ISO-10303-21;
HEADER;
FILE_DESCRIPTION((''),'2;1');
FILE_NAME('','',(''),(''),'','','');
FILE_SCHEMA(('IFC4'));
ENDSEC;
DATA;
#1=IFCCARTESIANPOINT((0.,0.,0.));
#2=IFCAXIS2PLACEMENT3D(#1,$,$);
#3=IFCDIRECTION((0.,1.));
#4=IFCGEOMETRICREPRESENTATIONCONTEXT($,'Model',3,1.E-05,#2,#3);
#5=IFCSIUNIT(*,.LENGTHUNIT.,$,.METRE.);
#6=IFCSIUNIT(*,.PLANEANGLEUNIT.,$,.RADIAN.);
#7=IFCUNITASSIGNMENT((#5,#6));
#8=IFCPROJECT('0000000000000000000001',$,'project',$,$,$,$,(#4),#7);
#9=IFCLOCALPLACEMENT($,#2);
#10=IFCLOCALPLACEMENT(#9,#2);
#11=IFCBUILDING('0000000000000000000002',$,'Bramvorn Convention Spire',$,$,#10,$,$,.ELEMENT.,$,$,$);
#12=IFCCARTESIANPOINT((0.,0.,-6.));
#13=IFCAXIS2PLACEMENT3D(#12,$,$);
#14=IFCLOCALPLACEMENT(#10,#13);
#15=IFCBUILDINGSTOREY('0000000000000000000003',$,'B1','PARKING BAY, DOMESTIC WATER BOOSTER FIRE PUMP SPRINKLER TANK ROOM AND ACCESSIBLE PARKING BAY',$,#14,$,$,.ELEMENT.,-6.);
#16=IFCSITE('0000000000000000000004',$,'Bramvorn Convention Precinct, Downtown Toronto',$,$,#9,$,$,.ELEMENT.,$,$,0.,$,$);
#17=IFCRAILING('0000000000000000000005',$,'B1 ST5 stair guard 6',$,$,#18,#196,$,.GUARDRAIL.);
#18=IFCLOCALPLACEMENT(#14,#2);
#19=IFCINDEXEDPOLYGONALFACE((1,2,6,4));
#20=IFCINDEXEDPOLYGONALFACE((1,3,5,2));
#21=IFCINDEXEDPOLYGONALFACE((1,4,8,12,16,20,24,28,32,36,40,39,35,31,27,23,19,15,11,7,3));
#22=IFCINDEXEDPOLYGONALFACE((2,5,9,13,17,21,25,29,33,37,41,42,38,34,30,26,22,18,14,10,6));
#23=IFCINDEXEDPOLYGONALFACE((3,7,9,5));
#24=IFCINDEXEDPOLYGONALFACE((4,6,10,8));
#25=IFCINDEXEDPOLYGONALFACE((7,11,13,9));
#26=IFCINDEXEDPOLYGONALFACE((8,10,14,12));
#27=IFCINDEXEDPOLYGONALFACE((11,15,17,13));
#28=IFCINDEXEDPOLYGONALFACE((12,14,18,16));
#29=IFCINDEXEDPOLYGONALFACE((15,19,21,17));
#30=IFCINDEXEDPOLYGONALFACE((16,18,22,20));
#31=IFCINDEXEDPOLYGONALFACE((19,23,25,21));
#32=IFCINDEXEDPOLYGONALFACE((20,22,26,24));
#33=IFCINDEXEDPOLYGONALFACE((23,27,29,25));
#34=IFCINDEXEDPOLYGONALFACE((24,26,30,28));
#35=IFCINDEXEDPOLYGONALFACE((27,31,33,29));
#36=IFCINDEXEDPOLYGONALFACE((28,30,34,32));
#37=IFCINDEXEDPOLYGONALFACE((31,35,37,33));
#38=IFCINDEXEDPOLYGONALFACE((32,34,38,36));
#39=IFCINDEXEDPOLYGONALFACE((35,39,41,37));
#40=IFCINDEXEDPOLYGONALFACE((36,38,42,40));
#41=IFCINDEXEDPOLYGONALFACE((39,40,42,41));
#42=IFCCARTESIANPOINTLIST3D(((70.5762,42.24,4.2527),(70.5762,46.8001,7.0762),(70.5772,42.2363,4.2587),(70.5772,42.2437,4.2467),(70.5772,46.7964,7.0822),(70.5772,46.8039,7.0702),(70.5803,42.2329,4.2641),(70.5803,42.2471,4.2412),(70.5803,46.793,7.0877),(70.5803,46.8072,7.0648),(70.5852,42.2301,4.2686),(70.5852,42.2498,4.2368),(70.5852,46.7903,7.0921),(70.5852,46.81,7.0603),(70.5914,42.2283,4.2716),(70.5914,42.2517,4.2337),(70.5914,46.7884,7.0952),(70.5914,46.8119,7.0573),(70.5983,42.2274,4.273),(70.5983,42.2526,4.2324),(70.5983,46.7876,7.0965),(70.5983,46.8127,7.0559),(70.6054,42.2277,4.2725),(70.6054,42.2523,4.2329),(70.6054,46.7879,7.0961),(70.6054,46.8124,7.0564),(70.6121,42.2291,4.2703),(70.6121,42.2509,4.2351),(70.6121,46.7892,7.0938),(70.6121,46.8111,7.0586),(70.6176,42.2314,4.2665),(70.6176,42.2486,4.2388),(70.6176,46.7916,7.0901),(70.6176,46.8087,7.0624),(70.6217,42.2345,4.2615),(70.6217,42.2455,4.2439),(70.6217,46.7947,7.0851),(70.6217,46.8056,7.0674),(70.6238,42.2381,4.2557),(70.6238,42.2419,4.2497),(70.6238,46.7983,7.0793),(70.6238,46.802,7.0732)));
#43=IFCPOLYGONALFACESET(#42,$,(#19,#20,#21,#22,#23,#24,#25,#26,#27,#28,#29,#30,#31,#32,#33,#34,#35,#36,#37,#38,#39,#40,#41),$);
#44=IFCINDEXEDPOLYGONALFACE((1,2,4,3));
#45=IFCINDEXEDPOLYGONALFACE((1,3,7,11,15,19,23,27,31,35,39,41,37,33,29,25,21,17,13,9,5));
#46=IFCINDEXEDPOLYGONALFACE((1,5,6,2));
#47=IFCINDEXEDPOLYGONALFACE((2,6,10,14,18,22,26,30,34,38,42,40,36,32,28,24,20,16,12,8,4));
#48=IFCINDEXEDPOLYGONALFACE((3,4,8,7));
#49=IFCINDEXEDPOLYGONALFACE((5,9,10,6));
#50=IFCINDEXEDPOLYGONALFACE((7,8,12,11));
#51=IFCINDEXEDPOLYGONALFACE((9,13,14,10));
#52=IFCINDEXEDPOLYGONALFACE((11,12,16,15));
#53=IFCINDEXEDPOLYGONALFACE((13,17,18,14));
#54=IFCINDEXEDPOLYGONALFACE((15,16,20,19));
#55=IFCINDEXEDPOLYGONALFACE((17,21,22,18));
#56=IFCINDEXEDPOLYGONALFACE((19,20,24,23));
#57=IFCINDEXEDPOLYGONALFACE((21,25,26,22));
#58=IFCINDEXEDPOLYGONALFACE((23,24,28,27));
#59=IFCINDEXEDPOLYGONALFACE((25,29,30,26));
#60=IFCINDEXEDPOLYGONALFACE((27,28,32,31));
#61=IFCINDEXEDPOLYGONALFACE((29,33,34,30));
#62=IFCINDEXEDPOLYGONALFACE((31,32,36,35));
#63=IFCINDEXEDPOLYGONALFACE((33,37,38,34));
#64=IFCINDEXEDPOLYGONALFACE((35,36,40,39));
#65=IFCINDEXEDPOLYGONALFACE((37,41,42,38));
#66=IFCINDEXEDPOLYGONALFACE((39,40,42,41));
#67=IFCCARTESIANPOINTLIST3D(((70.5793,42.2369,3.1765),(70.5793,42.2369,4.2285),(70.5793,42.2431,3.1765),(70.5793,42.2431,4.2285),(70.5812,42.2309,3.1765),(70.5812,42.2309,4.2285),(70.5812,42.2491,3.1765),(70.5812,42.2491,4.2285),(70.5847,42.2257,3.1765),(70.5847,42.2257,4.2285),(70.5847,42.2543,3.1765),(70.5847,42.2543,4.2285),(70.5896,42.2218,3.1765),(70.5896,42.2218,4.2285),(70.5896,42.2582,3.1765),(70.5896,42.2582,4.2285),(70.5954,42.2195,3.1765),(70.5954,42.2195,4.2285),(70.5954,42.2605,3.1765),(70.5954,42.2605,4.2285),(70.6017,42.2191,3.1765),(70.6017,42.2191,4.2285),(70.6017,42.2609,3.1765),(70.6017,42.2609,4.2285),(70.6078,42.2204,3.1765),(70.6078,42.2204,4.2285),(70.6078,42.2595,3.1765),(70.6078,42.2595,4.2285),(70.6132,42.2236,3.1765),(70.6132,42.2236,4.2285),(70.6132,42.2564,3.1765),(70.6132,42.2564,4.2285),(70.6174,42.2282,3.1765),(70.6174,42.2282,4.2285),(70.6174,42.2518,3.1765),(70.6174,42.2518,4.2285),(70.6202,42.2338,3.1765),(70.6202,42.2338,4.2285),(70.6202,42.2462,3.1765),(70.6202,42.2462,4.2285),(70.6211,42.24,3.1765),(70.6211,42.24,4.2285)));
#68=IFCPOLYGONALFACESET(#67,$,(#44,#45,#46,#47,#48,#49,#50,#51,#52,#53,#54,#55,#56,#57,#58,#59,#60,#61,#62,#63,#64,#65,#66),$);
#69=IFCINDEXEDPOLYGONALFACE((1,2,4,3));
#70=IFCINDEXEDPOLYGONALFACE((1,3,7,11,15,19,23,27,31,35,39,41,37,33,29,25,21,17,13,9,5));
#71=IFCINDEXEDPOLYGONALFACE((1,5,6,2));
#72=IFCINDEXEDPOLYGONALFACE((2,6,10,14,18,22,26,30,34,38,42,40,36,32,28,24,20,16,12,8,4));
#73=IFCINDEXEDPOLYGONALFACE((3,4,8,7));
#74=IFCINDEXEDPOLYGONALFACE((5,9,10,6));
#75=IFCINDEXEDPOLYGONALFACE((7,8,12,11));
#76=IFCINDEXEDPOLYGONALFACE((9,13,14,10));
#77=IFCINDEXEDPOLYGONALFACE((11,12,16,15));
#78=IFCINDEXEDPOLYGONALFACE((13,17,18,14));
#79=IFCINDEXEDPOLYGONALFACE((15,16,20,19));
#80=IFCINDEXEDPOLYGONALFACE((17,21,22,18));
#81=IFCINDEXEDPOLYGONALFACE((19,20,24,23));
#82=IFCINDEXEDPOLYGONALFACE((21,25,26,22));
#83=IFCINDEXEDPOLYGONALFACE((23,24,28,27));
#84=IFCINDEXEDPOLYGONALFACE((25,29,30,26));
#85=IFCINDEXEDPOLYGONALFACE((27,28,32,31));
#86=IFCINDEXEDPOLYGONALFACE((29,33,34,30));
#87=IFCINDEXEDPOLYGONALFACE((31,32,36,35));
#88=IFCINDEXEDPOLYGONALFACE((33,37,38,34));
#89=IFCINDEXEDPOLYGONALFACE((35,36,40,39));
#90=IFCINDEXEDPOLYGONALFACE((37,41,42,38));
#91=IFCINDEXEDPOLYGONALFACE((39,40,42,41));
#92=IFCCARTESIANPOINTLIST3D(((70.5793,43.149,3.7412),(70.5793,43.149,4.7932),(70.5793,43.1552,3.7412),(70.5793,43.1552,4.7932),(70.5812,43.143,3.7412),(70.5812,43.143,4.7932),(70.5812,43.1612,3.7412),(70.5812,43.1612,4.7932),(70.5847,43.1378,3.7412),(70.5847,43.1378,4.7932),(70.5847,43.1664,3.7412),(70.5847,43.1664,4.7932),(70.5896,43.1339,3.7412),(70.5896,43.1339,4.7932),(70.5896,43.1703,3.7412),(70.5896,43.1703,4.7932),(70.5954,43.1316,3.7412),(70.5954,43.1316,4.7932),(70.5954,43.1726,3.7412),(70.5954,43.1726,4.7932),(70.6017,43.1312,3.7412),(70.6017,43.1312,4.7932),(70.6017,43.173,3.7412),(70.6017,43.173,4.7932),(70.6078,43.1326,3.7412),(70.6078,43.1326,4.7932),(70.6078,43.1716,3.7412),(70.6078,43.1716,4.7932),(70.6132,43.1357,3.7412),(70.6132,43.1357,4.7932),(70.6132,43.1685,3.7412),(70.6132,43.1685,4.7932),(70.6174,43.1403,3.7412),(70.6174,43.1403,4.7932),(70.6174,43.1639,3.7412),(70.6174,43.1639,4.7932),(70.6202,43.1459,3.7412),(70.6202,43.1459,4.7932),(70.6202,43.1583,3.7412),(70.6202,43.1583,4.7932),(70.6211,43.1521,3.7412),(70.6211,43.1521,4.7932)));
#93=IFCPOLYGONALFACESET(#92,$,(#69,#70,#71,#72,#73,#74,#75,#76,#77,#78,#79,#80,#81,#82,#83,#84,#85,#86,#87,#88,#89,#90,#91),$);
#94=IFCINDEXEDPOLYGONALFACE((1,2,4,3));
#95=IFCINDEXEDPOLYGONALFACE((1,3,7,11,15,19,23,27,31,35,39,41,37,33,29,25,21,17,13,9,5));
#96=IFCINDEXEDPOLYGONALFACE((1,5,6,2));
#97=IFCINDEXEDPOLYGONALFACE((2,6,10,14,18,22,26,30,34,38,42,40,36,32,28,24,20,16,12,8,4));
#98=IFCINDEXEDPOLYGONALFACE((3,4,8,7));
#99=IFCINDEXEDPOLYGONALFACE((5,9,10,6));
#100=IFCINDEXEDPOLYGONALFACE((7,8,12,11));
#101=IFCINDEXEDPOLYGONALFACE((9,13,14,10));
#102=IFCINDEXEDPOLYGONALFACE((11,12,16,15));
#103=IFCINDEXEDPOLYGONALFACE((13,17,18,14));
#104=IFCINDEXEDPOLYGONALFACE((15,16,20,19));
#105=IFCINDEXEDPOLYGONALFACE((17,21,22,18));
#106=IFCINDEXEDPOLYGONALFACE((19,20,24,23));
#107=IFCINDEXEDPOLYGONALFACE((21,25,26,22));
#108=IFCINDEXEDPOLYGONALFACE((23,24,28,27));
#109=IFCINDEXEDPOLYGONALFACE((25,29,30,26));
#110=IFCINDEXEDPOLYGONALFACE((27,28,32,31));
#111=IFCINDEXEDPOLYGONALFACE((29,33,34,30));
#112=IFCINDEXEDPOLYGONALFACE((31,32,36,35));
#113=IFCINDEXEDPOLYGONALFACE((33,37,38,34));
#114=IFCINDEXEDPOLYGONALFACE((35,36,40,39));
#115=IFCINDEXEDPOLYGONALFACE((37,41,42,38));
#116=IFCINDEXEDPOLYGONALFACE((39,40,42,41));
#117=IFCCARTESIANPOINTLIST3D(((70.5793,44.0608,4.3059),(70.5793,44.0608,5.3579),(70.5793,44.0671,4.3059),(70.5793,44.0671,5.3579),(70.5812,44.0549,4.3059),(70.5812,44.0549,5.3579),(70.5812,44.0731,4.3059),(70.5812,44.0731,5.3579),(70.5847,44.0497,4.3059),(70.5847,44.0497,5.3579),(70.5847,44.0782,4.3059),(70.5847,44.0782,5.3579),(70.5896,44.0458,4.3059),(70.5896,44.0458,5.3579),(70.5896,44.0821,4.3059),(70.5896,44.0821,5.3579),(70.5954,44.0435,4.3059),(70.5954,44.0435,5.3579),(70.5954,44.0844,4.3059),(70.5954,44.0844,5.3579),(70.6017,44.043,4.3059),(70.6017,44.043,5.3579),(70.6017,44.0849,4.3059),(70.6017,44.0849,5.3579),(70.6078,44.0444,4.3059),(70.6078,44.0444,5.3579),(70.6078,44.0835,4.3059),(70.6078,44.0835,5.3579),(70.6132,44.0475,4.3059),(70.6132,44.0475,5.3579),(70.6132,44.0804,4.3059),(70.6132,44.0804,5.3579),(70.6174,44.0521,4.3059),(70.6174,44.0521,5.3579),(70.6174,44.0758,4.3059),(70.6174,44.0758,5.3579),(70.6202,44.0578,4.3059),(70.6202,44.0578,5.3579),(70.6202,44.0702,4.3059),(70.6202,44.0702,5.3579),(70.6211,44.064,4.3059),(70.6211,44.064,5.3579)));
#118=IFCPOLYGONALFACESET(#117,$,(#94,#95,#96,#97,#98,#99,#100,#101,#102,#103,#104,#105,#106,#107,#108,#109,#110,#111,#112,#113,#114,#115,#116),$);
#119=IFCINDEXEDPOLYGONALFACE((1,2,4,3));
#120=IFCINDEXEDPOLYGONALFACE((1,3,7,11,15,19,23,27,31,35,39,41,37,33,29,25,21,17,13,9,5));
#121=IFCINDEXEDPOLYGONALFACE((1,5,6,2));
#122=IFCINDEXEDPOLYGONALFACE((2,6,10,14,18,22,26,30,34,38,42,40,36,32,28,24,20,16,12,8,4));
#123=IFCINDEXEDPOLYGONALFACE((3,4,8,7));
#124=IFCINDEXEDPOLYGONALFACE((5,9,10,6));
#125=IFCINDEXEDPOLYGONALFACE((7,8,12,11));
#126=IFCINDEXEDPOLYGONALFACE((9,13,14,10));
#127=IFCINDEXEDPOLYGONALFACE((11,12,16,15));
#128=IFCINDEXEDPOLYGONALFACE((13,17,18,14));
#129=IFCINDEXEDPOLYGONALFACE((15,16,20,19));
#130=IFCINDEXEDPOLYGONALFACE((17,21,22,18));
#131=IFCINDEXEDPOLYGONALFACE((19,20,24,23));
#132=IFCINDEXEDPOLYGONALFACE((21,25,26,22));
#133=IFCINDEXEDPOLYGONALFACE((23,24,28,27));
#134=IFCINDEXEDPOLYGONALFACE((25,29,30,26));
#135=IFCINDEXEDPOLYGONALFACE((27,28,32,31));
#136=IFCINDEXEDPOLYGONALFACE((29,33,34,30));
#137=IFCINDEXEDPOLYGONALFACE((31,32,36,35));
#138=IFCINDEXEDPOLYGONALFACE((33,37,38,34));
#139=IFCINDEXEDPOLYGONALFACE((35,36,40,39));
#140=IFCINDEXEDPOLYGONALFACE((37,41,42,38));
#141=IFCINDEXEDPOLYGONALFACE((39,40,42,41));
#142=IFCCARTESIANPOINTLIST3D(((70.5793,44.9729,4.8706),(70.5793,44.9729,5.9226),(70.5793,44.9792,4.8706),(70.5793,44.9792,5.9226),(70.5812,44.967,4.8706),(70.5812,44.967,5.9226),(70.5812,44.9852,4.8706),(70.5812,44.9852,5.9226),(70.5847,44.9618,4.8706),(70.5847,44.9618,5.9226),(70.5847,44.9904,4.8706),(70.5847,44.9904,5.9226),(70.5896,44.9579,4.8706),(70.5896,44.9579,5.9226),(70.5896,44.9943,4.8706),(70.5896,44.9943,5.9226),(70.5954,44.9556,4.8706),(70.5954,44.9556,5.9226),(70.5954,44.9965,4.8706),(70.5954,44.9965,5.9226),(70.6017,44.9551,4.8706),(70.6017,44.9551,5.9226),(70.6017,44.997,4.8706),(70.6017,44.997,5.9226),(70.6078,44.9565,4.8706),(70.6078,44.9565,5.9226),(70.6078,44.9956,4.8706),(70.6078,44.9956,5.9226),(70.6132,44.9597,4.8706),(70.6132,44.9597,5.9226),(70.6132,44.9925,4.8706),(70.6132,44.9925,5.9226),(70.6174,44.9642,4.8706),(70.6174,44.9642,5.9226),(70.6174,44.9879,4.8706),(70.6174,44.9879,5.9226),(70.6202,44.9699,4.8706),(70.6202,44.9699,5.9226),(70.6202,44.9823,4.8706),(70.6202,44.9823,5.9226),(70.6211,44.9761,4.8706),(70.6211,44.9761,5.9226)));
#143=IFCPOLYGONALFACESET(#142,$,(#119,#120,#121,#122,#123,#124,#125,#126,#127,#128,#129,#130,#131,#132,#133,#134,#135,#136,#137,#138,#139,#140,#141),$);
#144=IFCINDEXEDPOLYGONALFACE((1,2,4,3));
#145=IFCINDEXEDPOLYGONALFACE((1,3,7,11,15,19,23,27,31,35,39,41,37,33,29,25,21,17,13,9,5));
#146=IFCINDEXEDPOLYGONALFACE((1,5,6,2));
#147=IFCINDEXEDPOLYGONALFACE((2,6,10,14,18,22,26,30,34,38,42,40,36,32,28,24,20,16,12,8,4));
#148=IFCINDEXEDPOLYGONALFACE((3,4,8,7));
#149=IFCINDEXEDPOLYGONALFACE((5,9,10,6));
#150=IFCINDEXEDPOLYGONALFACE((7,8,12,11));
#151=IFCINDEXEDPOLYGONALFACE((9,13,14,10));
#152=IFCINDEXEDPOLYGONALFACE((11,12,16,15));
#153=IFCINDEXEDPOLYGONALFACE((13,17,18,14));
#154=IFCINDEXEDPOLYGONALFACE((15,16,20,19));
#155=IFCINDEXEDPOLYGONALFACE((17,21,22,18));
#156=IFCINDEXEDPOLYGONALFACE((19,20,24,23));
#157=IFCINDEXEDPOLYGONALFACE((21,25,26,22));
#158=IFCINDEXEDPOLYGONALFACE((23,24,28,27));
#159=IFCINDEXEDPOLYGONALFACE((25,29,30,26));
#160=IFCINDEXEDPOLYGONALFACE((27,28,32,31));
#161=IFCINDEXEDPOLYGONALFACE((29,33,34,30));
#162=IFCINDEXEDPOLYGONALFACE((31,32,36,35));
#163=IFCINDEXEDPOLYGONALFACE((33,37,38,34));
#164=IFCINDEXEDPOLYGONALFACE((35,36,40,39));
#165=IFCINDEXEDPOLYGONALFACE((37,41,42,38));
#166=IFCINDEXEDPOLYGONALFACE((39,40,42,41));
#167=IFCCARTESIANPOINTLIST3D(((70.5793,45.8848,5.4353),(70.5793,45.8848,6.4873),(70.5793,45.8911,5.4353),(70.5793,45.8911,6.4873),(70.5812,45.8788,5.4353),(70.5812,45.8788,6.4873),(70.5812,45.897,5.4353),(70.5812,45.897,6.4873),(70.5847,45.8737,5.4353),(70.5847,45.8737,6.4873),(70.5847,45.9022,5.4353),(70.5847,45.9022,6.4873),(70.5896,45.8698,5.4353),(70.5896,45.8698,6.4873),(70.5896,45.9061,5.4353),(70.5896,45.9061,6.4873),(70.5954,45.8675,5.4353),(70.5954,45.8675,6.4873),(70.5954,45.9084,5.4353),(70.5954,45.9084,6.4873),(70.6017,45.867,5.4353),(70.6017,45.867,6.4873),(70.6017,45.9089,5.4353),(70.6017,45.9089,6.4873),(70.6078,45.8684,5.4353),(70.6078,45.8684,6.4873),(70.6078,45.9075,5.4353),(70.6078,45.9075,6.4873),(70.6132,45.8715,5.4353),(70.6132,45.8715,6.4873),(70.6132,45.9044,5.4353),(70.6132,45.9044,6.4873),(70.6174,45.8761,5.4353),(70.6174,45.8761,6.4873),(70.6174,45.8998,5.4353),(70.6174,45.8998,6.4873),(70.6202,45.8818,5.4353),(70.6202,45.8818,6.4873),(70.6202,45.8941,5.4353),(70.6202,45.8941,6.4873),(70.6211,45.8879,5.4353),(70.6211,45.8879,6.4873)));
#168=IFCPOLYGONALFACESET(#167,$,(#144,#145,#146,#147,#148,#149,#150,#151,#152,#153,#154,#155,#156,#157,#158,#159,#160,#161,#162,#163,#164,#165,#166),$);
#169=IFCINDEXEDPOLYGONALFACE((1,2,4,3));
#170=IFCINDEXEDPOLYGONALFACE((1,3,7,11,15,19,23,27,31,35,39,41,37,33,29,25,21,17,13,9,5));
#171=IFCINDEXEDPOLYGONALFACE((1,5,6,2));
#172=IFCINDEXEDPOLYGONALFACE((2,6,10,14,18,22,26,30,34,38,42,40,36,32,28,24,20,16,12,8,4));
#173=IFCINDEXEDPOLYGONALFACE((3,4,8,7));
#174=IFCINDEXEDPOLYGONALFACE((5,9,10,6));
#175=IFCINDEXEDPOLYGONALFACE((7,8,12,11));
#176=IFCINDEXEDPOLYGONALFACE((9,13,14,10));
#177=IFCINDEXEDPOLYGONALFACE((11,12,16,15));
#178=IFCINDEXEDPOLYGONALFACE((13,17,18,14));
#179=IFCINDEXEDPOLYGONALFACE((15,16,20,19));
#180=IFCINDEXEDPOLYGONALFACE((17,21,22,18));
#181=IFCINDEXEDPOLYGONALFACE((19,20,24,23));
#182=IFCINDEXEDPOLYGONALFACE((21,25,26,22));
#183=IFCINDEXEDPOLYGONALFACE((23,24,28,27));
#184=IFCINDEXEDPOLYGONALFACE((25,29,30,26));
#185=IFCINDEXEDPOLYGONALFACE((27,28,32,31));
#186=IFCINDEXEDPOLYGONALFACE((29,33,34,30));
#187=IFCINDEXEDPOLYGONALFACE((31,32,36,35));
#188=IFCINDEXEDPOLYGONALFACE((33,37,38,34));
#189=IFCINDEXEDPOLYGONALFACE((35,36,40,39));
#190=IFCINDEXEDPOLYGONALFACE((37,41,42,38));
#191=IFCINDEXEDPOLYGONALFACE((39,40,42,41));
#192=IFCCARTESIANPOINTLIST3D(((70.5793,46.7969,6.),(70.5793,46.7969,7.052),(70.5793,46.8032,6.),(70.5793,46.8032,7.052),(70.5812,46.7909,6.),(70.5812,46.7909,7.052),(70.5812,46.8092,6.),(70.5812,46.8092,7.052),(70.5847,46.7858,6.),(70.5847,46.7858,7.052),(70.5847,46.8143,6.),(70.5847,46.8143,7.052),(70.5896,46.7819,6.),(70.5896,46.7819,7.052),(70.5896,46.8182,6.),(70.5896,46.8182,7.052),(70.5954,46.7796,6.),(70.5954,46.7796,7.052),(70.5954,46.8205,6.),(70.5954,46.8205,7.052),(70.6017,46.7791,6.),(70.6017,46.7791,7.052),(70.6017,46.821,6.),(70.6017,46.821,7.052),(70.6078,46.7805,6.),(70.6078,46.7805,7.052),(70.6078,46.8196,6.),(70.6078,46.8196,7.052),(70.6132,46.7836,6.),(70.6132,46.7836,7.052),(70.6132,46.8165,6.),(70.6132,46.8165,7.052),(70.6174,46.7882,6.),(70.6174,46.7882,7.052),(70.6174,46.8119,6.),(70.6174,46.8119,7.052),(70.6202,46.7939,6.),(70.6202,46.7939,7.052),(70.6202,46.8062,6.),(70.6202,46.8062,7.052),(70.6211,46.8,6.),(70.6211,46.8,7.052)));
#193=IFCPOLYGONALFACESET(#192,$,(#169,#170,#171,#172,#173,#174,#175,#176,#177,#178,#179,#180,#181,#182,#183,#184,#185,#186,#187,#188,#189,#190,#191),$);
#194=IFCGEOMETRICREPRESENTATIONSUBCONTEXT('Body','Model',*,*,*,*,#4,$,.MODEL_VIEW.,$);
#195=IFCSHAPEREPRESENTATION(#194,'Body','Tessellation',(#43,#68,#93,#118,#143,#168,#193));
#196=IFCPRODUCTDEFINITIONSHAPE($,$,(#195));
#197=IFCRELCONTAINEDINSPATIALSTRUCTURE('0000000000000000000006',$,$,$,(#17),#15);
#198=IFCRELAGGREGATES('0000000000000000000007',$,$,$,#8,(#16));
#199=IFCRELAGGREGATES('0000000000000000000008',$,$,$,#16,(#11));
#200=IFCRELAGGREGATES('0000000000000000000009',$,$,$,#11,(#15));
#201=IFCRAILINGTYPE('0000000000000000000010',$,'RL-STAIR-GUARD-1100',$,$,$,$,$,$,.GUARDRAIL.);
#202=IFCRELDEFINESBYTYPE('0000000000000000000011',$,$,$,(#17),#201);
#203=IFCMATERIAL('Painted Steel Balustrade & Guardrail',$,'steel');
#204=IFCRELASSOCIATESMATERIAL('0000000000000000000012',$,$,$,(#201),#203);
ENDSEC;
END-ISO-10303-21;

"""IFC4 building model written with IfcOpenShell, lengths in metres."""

from ifc_helpers import new_model, si_unit, direction, frame, origin, origin_2d, place, context, subcontext, project, spatial, circle, extrude, material, type_object, element, save


model = new_model("IFC4")

# Units and contexts
model_context = context("Model", 3, precision=1e-05, world=origin(), true_north=direction((0.0, 1.0)))
body_context = subcontext(model_context, "Body", "Model", "MODEL_VIEW")
ifc_project = project(units=[si_unit("LENGTHUNIT", "METRE"), si_unit("PLANEANGLEUNIT", "RADIAN")], contexts=[model_context])

# Site, building, storey
site_placement = place(None, origin())
site = spatial("IfcSite", under=ifc_project, at=site_placement, Name="Bramvorn Convention Precinct, Downtown Toronto", CompositionType="ELEMENT", RefElevation=0.0)
building_placement = place(site_placement, origin())
building = spatial("IfcBuilding", under=site, at=building_placement, Name="Bramvorn Convention Spire", CompositionType="ELEMENT")
storey_placement = place(building_placement, frame((0.0, 0.0, -6.0)))
storey = spatial("IfcBuildingStorey", under=building, at=storey_placement, Name="B1", Description="PARKING BAY, DOMESTIC WATER BOOSTER FIRE PUMP SPRINKLER TANK ROOM AND ACCESSIBLE PARKING BAY", CompositionType="ELEMENT", Elevation=-6.0)

# Railing
ifc_material_1 = material(Name="Painted Steel Balustrade & Guardrail", Category="steel")
railing_type_1 = type_object("IfcRailingType", Name="RL-STAIR-GUARD-1100", PredefinedType="GUARDRAIL", material=ifc_material_1)
railing_1_placement = place(storey_placement, frame((70.6001, 42.24, 3.1765)))
element("IfcRailing", 1, at=railing_1_placement, inside=storey, type_object=railing_type_1, Name="B1 ST5 stair guard 6", PredefinedType="GUARDRAIL", context=body_context, shape_type="SweptSolid", body=[
    extrude(circle(Radius=0.0239, at=origin_2d()), frame((0.0, 0.0, 1.0762), z_axis=(0.0, 0.850216, 0.526435), x_axis=(-1.0, 0.0, 0.0)), (0.0, 0.0, 1.0), 5.3635),
    extrude(circle(Radius=0.021, at=origin_2d()), origin(), (0.0, 0.0, 1.0), 1.052),
    extrude(circle(Radius=0.021, at=origin_2d()), frame((0.0, 0.9121, 0.5647)), (0.0, 0.0, 1.0), 1.052),
    extrude(circle(Radius=0.021, at=origin_2d()), frame((0.0, 1.824, 1.1294)), (0.0, 0.0, 1.0), 1.052),
    extrude(circle(Radius=0.021, at=origin_2d()), frame((0.0, 2.7361, 1.6941)), (0.0, 0.0, 1.0), 1.052),
    extrude(circle(Radius=0.021, at=origin_2d()), frame((0.0, 3.6479, 2.2588)), (0.0, 0.0, 1.0), 1.052),
    extrude(circle(Radius=0.021, at=origin_2d()), frame((0.0, 4.5601, 2.8235)), (0.0, 0.0, 1.0), 1.052),
])

save(model, "model.ifc")
